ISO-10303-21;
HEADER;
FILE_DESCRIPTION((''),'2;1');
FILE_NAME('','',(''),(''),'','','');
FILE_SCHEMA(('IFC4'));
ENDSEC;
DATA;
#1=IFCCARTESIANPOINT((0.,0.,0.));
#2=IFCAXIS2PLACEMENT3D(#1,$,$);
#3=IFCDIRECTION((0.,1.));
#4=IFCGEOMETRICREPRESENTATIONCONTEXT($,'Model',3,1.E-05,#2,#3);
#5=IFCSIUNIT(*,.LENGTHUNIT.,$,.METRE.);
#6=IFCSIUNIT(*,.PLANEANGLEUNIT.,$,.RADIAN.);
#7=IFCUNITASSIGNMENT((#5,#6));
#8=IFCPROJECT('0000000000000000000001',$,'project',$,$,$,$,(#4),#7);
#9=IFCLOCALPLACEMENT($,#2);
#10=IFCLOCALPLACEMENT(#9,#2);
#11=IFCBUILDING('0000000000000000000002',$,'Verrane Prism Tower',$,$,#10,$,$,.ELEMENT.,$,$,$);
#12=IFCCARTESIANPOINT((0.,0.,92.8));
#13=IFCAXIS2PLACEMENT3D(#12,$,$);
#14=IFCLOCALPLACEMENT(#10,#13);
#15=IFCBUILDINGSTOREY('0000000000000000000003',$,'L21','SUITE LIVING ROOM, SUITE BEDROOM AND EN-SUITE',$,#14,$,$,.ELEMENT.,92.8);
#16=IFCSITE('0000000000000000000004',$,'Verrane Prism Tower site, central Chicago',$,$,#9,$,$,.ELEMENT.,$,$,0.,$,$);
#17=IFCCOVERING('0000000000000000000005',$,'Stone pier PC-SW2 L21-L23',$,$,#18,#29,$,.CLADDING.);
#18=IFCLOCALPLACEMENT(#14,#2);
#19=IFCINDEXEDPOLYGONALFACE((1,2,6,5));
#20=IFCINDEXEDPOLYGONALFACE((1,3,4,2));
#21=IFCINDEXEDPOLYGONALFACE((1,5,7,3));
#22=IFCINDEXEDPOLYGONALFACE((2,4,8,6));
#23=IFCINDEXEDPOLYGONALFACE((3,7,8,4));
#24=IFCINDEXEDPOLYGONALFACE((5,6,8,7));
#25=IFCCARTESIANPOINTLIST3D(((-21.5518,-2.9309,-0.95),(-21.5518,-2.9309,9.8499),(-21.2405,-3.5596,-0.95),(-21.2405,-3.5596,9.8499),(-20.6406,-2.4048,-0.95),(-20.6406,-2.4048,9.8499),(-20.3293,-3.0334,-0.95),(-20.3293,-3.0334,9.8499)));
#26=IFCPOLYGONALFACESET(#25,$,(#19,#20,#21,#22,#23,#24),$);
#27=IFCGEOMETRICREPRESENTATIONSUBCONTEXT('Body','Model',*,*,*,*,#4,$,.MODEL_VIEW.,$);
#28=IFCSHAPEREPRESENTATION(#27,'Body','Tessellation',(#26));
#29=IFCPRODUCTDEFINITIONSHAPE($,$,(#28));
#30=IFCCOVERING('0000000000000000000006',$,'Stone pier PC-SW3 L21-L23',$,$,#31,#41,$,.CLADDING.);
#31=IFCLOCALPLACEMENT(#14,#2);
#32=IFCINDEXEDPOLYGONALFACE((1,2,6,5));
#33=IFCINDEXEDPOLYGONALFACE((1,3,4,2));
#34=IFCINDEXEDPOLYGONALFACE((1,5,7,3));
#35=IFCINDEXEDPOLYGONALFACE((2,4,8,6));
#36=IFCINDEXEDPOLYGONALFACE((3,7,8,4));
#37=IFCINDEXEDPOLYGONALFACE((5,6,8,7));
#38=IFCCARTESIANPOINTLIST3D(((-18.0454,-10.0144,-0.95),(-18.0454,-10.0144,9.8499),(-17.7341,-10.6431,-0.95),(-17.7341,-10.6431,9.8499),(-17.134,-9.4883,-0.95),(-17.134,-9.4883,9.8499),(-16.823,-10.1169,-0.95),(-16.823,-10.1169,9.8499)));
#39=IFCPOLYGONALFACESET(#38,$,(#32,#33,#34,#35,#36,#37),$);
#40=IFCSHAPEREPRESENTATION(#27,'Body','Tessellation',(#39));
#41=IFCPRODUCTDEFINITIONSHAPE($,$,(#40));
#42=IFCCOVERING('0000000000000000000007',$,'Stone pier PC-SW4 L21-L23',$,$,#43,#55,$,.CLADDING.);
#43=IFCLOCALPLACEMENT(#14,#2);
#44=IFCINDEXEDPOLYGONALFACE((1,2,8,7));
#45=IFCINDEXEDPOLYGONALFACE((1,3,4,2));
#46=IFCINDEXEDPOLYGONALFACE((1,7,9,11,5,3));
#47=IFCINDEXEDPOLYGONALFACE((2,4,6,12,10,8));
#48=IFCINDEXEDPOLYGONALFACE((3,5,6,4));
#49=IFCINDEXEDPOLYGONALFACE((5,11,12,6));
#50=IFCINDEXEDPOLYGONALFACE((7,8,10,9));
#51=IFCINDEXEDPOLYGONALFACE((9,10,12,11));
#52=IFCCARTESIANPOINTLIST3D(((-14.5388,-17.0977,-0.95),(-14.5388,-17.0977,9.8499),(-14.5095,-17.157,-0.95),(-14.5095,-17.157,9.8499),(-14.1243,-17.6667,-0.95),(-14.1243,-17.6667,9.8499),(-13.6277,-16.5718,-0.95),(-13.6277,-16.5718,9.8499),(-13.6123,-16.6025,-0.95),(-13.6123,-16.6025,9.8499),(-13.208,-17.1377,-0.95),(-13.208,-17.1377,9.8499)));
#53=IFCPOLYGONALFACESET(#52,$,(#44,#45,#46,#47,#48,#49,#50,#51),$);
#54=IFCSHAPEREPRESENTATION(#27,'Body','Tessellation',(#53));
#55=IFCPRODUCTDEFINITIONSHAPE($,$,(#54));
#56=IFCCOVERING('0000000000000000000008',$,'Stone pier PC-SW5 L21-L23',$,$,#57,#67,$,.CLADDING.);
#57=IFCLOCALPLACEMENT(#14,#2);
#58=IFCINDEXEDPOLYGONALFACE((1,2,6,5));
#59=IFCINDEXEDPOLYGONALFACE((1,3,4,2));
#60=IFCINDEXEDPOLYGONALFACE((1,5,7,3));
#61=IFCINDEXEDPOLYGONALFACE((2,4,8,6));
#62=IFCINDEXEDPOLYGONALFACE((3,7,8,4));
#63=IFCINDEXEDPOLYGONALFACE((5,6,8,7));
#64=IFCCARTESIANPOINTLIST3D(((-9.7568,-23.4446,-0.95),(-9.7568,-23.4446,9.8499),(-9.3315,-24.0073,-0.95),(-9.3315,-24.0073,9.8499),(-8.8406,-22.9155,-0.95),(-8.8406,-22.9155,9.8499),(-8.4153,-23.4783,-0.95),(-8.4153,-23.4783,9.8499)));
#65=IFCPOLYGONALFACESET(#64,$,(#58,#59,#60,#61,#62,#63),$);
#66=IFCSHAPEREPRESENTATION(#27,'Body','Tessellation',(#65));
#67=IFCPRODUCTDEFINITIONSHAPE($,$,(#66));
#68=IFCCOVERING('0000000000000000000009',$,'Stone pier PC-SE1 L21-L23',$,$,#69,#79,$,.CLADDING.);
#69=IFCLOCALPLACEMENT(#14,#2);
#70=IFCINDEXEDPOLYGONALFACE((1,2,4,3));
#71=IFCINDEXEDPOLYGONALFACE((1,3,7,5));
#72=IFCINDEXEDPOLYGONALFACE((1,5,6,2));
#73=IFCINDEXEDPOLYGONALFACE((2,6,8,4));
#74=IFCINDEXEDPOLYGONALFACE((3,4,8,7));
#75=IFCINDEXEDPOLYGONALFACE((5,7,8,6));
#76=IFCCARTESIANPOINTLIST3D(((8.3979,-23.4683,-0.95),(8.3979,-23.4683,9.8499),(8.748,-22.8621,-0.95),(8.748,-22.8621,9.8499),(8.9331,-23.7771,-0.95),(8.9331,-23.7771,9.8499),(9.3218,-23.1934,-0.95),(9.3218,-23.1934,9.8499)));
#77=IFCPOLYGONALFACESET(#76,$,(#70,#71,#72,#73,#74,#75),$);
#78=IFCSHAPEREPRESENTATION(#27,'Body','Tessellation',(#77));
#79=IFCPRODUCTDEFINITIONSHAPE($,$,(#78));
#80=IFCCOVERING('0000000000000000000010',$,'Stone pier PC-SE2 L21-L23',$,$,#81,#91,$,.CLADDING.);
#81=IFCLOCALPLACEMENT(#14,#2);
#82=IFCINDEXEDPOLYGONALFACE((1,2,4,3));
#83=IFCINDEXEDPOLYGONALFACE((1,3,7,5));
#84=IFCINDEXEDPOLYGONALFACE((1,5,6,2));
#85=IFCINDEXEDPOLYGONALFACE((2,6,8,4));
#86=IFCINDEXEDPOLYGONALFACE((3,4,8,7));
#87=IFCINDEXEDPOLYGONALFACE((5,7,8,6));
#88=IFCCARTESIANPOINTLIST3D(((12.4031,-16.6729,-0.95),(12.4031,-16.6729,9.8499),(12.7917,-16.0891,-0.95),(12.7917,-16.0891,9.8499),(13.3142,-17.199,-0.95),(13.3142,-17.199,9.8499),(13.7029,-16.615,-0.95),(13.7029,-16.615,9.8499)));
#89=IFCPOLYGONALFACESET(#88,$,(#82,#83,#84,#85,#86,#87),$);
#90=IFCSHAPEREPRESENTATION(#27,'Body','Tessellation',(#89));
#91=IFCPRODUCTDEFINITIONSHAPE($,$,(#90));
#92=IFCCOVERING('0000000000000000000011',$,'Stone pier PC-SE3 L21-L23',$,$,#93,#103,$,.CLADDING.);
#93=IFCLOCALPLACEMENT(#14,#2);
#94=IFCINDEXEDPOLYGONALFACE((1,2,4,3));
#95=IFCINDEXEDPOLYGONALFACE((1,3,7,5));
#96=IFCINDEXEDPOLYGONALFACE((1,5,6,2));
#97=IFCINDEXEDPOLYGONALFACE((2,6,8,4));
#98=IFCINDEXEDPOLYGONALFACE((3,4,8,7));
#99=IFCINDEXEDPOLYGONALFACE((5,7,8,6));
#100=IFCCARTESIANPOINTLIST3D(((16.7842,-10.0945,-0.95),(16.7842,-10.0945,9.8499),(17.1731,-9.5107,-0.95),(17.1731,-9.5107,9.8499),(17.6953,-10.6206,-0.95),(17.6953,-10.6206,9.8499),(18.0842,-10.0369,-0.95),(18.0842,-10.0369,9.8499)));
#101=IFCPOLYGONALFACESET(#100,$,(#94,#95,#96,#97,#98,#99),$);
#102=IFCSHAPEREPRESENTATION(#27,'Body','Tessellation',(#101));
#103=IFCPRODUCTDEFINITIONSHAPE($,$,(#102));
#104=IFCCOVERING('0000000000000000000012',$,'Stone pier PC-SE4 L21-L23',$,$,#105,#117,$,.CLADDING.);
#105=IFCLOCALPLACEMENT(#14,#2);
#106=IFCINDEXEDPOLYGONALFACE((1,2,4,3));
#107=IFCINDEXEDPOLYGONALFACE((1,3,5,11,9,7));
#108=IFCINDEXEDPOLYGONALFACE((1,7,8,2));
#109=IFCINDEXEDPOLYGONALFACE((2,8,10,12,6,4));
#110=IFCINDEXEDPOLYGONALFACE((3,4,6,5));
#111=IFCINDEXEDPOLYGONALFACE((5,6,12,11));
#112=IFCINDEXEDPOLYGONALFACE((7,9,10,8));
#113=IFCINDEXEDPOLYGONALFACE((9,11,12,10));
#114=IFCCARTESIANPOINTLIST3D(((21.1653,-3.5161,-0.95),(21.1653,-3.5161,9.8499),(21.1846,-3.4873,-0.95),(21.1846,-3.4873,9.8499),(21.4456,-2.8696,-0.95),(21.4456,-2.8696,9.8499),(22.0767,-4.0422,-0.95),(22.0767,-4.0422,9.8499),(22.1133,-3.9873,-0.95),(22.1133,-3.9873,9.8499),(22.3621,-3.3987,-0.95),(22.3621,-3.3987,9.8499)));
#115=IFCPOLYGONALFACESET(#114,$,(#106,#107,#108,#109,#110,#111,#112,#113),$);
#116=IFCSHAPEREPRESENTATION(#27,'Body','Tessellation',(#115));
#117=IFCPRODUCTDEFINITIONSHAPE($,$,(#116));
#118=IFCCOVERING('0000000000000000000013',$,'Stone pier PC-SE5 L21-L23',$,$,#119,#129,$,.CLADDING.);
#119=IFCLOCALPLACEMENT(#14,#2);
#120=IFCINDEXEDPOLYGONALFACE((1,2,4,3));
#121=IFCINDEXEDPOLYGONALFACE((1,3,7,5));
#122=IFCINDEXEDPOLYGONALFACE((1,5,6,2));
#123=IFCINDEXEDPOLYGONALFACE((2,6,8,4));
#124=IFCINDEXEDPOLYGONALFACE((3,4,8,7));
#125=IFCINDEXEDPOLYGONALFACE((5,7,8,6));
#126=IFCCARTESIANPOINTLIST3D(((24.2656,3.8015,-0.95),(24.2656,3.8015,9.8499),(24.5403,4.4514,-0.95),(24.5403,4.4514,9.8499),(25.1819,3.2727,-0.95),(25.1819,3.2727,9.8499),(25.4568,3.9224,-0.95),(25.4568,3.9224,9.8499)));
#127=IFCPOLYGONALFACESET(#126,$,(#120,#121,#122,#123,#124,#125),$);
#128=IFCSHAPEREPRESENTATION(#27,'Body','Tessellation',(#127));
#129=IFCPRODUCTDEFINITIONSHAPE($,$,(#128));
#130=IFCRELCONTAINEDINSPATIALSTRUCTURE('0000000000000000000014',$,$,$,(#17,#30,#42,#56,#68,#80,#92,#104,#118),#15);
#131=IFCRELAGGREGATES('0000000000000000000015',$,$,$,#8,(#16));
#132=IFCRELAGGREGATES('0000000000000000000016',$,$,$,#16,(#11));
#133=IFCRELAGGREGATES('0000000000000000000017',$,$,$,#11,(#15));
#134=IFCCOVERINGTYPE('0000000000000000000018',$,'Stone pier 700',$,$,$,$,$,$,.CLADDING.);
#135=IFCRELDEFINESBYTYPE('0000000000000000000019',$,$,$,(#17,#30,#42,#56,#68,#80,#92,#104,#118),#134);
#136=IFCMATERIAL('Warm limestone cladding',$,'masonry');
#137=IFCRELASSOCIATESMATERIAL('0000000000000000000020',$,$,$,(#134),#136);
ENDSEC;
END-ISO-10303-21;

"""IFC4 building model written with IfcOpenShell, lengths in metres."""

from ifc_helpers import new_model, si_unit, direction, frame, origin, place, context, subcontext, project, spatial, polyline, outline, extrude, material, type_object, element, save


model = new_model("IFC4")

# Units and contexts
model_context = context("Model", 3, precision=1e-05, world=origin(), true_north=direction((0.0, 1.0)))
body_context = subcontext(model_context, "Body", "Model", "MODEL_VIEW")
ifc_project = project(units=[si_unit("LENGTHUNIT", "METRE"), si_unit("PLANEANGLEUNIT", "RADIAN")], contexts=[model_context])

# Site, building, storey
site_placement = place(None, origin())
site = spatial("IfcSite", under=ifc_project, at=site_placement, Name="Verrane Prism Tower site, central Chicago", CompositionType="ELEMENT", RefElevation=0.0)
building_placement = place(site_placement, origin())
building = spatial("IfcBuilding", under=site, at=building_placement, Name="Verrane Prism Tower", CompositionType="ELEMENT")
storey_placement = place(building_placement, frame((0.0, 0.0, 92.8)))
storey = spatial("IfcBuildingStorey", under=building, at=storey_placement, Name="L21", Description="SUITE LIVING ROOM, SUITE BEDROOM AND EN-SUITE", CompositionType="ELEMENT", Elevation=92.8)

# Coverings
ifc_material_1 = material(Name="Warm limestone cladding", Category="masonry")
covering_type_1 = type_object("IfcCoveringType", Name="Stone pier 700", PredefinedType="CLADDING", material=ifc_material_1)
covering_1_placement = place(storey_placement, frame((0.0, 0.0, -0.95)))
element("IfcCovering", 1, at=covering_1_placement, inside=storey, type_object=covering_type_1, Name="Stone pier PC-SW2 L21-L23", PredefinedType="CLADDING", context=body_context, shape_type="SweptSolid", body=[
    extrude(outline(polyline([(-21.2405, -3.5596), (-20.3293, -3.0334), (-20.6406, -2.4048), (-21.5518, -2.9309), (-21.2405, -3.5596)])), origin(), (0.0, 0.0, 1.0), 10.7998),
])
covering_2_placement = place(storey_placement, frame((0.0, 0.0, -0.95)))
element("IfcCovering", 2, at=covering_2_placement, inside=storey, type_object=covering_type_1, Name="Stone pier PC-SW3 L21-L23", PredefinedType="CLADDING", context=body_context, shape_type="SweptSolid", body=[
    extrude(outline(polyline([(-17.7341, -10.6431), (-16.823, -10.1169), (-17.134, -9.4883), (-18.0454, -10.0144), (-17.7341, -10.6431)])), origin(), (0.0, 0.0, 1.0), 10.7998),
])
covering_3_placement = place(storey_placement, frame((0.0, 0.0, -0.95)))
element("IfcCovering", 3, at=covering_3_placement, inside=storey, type_object=covering_type_1, Name="Stone pier PC-SW4 L21-L23", PredefinedType="CLADDING", context=body_context, shape_type="SweptSolid", body=[
    extrude(outline(polyline([(-14.1243, -17.6667), (-13.208, -17.1377), (-13.6123, -16.6025), (-13.6277, -16.5718), (-14.5388, -17.0977), (-14.5095, -17.157), (-14.1243, -17.6667)])), origin(), (0.0, 0.0, 1.0), 10.7998),
])
covering_4_placement = place(storey_placement, frame((0.0, 0.0, -0.95)))
element("IfcCovering", 4, at=covering_4_placement, inside=storey, type_object=covering_type_1, Name="Stone pier PC-SW5 L21-L23", PredefinedType="CLADDING", context=body_context, shape_type="SweptSolid", body=[
    extrude(outline(polyline([(-9.3315, -24.0073), (-8.4153, -23.4783), (-8.8406, -22.9155), (-9.7568, -23.4446), (-9.3315, -24.0073)])), origin(), (0.0, 0.0, 1.0), 10.7998),
])
covering_5_placement = place(storey_placement, frame((0.0, 0.0, -0.95)))
element("IfcCovering", 5, at=covering_5_placement, inside=storey, type_object=covering_type_1, Name="Stone pier PC-SE1 L21-L23", PredefinedType="CLADDING", context=body_context, shape_type="SweptSolid", body=[
    extrude(outline(polyline([(8.748, -22.8621), (8.3979, -23.4683), (8.9331, -23.7771), (9.3218, -23.1934), (8.748, -22.8621)])), origin(), (0.0, 0.0, 1.0), 10.7998),
])
covering_6_placement = place(storey_placement, frame((0.0, 0.0, -0.95)))
element("IfcCovering", 6, at=covering_6_placement, inside=storey, type_object=covering_type_1, Name="Stone pier PC-SE2 L21-L23", PredefinedType="CLADDING", context=body_context, shape_type="SweptSolid", body=[
    extrude(outline(polyline([(13.7029, -16.615), (12.7917, -16.0891), (12.4031, -16.6729), (13.3142, -17.199), (13.7029, -16.615)])), origin(), (0.0, 0.0, 1.0), 10.7998),
])
covering_7_placement = place(storey_placement, frame((0.0, 0.0, -0.95)))
element("IfcCovering", 7, at=covering_7_placement, inside=storey, type_object=covering_type_1, Name="Stone pier PC-SE3 L21-L23", PredefinedType="CLADDING", context=body_context, shape_type="SweptSolid", body=[
    extrude(outline(polyline([(18.0842, -10.0369), (17.1731, -9.5107), (16.7842, -10.0945), (17.6953, -10.6206), (18.0842, -10.0369)])), origin(), (0.0, 0.0, 1.0), 10.7998),
])
covering_8_placement = place(storey_placement, frame((0.0, 0.0, -0.95)))
element("IfcCovering", 8, at=covering_8_placement, inside=storey, type_object=covering_type_1, Name="Stone pier PC-SE4 L21-L23", PredefinedType="CLADDING", context=body_context, shape_type="SweptSolid", body=[
    extrude(outline(polyline([(22.3621, -3.3987), (21.4456, -2.8696), (21.1846, -3.4873), (21.1653, -3.5161), (22.0767, -4.0422), (22.1133, -3.9873), (22.3621, -3.3987)])), origin(), (0.0, 0.0, 1.0), 10.7998),
])
covering_9_placement = place(storey_placement, frame((0.0, 0.0, -0.95)))
element("IfcCovering", 9, at=covering_9_placement, inside=storey, type_object=covering_type_1, Name="Stone pier PC-SE5 L21-L23", PredefinedType="CLADDING", context=body_context, shape_type="SweptSolid", body=[
    extrude(outline(polyline([(25.4568, 3.9224), (24.5403, 4.4514), (24.2656, 3.8015), (25.1819, 3.2727), (25.4568, 3.9224)])), origin(), (0.0, 0.0, 1.0), 10.7998),
])

save(model, "model.ifc")
